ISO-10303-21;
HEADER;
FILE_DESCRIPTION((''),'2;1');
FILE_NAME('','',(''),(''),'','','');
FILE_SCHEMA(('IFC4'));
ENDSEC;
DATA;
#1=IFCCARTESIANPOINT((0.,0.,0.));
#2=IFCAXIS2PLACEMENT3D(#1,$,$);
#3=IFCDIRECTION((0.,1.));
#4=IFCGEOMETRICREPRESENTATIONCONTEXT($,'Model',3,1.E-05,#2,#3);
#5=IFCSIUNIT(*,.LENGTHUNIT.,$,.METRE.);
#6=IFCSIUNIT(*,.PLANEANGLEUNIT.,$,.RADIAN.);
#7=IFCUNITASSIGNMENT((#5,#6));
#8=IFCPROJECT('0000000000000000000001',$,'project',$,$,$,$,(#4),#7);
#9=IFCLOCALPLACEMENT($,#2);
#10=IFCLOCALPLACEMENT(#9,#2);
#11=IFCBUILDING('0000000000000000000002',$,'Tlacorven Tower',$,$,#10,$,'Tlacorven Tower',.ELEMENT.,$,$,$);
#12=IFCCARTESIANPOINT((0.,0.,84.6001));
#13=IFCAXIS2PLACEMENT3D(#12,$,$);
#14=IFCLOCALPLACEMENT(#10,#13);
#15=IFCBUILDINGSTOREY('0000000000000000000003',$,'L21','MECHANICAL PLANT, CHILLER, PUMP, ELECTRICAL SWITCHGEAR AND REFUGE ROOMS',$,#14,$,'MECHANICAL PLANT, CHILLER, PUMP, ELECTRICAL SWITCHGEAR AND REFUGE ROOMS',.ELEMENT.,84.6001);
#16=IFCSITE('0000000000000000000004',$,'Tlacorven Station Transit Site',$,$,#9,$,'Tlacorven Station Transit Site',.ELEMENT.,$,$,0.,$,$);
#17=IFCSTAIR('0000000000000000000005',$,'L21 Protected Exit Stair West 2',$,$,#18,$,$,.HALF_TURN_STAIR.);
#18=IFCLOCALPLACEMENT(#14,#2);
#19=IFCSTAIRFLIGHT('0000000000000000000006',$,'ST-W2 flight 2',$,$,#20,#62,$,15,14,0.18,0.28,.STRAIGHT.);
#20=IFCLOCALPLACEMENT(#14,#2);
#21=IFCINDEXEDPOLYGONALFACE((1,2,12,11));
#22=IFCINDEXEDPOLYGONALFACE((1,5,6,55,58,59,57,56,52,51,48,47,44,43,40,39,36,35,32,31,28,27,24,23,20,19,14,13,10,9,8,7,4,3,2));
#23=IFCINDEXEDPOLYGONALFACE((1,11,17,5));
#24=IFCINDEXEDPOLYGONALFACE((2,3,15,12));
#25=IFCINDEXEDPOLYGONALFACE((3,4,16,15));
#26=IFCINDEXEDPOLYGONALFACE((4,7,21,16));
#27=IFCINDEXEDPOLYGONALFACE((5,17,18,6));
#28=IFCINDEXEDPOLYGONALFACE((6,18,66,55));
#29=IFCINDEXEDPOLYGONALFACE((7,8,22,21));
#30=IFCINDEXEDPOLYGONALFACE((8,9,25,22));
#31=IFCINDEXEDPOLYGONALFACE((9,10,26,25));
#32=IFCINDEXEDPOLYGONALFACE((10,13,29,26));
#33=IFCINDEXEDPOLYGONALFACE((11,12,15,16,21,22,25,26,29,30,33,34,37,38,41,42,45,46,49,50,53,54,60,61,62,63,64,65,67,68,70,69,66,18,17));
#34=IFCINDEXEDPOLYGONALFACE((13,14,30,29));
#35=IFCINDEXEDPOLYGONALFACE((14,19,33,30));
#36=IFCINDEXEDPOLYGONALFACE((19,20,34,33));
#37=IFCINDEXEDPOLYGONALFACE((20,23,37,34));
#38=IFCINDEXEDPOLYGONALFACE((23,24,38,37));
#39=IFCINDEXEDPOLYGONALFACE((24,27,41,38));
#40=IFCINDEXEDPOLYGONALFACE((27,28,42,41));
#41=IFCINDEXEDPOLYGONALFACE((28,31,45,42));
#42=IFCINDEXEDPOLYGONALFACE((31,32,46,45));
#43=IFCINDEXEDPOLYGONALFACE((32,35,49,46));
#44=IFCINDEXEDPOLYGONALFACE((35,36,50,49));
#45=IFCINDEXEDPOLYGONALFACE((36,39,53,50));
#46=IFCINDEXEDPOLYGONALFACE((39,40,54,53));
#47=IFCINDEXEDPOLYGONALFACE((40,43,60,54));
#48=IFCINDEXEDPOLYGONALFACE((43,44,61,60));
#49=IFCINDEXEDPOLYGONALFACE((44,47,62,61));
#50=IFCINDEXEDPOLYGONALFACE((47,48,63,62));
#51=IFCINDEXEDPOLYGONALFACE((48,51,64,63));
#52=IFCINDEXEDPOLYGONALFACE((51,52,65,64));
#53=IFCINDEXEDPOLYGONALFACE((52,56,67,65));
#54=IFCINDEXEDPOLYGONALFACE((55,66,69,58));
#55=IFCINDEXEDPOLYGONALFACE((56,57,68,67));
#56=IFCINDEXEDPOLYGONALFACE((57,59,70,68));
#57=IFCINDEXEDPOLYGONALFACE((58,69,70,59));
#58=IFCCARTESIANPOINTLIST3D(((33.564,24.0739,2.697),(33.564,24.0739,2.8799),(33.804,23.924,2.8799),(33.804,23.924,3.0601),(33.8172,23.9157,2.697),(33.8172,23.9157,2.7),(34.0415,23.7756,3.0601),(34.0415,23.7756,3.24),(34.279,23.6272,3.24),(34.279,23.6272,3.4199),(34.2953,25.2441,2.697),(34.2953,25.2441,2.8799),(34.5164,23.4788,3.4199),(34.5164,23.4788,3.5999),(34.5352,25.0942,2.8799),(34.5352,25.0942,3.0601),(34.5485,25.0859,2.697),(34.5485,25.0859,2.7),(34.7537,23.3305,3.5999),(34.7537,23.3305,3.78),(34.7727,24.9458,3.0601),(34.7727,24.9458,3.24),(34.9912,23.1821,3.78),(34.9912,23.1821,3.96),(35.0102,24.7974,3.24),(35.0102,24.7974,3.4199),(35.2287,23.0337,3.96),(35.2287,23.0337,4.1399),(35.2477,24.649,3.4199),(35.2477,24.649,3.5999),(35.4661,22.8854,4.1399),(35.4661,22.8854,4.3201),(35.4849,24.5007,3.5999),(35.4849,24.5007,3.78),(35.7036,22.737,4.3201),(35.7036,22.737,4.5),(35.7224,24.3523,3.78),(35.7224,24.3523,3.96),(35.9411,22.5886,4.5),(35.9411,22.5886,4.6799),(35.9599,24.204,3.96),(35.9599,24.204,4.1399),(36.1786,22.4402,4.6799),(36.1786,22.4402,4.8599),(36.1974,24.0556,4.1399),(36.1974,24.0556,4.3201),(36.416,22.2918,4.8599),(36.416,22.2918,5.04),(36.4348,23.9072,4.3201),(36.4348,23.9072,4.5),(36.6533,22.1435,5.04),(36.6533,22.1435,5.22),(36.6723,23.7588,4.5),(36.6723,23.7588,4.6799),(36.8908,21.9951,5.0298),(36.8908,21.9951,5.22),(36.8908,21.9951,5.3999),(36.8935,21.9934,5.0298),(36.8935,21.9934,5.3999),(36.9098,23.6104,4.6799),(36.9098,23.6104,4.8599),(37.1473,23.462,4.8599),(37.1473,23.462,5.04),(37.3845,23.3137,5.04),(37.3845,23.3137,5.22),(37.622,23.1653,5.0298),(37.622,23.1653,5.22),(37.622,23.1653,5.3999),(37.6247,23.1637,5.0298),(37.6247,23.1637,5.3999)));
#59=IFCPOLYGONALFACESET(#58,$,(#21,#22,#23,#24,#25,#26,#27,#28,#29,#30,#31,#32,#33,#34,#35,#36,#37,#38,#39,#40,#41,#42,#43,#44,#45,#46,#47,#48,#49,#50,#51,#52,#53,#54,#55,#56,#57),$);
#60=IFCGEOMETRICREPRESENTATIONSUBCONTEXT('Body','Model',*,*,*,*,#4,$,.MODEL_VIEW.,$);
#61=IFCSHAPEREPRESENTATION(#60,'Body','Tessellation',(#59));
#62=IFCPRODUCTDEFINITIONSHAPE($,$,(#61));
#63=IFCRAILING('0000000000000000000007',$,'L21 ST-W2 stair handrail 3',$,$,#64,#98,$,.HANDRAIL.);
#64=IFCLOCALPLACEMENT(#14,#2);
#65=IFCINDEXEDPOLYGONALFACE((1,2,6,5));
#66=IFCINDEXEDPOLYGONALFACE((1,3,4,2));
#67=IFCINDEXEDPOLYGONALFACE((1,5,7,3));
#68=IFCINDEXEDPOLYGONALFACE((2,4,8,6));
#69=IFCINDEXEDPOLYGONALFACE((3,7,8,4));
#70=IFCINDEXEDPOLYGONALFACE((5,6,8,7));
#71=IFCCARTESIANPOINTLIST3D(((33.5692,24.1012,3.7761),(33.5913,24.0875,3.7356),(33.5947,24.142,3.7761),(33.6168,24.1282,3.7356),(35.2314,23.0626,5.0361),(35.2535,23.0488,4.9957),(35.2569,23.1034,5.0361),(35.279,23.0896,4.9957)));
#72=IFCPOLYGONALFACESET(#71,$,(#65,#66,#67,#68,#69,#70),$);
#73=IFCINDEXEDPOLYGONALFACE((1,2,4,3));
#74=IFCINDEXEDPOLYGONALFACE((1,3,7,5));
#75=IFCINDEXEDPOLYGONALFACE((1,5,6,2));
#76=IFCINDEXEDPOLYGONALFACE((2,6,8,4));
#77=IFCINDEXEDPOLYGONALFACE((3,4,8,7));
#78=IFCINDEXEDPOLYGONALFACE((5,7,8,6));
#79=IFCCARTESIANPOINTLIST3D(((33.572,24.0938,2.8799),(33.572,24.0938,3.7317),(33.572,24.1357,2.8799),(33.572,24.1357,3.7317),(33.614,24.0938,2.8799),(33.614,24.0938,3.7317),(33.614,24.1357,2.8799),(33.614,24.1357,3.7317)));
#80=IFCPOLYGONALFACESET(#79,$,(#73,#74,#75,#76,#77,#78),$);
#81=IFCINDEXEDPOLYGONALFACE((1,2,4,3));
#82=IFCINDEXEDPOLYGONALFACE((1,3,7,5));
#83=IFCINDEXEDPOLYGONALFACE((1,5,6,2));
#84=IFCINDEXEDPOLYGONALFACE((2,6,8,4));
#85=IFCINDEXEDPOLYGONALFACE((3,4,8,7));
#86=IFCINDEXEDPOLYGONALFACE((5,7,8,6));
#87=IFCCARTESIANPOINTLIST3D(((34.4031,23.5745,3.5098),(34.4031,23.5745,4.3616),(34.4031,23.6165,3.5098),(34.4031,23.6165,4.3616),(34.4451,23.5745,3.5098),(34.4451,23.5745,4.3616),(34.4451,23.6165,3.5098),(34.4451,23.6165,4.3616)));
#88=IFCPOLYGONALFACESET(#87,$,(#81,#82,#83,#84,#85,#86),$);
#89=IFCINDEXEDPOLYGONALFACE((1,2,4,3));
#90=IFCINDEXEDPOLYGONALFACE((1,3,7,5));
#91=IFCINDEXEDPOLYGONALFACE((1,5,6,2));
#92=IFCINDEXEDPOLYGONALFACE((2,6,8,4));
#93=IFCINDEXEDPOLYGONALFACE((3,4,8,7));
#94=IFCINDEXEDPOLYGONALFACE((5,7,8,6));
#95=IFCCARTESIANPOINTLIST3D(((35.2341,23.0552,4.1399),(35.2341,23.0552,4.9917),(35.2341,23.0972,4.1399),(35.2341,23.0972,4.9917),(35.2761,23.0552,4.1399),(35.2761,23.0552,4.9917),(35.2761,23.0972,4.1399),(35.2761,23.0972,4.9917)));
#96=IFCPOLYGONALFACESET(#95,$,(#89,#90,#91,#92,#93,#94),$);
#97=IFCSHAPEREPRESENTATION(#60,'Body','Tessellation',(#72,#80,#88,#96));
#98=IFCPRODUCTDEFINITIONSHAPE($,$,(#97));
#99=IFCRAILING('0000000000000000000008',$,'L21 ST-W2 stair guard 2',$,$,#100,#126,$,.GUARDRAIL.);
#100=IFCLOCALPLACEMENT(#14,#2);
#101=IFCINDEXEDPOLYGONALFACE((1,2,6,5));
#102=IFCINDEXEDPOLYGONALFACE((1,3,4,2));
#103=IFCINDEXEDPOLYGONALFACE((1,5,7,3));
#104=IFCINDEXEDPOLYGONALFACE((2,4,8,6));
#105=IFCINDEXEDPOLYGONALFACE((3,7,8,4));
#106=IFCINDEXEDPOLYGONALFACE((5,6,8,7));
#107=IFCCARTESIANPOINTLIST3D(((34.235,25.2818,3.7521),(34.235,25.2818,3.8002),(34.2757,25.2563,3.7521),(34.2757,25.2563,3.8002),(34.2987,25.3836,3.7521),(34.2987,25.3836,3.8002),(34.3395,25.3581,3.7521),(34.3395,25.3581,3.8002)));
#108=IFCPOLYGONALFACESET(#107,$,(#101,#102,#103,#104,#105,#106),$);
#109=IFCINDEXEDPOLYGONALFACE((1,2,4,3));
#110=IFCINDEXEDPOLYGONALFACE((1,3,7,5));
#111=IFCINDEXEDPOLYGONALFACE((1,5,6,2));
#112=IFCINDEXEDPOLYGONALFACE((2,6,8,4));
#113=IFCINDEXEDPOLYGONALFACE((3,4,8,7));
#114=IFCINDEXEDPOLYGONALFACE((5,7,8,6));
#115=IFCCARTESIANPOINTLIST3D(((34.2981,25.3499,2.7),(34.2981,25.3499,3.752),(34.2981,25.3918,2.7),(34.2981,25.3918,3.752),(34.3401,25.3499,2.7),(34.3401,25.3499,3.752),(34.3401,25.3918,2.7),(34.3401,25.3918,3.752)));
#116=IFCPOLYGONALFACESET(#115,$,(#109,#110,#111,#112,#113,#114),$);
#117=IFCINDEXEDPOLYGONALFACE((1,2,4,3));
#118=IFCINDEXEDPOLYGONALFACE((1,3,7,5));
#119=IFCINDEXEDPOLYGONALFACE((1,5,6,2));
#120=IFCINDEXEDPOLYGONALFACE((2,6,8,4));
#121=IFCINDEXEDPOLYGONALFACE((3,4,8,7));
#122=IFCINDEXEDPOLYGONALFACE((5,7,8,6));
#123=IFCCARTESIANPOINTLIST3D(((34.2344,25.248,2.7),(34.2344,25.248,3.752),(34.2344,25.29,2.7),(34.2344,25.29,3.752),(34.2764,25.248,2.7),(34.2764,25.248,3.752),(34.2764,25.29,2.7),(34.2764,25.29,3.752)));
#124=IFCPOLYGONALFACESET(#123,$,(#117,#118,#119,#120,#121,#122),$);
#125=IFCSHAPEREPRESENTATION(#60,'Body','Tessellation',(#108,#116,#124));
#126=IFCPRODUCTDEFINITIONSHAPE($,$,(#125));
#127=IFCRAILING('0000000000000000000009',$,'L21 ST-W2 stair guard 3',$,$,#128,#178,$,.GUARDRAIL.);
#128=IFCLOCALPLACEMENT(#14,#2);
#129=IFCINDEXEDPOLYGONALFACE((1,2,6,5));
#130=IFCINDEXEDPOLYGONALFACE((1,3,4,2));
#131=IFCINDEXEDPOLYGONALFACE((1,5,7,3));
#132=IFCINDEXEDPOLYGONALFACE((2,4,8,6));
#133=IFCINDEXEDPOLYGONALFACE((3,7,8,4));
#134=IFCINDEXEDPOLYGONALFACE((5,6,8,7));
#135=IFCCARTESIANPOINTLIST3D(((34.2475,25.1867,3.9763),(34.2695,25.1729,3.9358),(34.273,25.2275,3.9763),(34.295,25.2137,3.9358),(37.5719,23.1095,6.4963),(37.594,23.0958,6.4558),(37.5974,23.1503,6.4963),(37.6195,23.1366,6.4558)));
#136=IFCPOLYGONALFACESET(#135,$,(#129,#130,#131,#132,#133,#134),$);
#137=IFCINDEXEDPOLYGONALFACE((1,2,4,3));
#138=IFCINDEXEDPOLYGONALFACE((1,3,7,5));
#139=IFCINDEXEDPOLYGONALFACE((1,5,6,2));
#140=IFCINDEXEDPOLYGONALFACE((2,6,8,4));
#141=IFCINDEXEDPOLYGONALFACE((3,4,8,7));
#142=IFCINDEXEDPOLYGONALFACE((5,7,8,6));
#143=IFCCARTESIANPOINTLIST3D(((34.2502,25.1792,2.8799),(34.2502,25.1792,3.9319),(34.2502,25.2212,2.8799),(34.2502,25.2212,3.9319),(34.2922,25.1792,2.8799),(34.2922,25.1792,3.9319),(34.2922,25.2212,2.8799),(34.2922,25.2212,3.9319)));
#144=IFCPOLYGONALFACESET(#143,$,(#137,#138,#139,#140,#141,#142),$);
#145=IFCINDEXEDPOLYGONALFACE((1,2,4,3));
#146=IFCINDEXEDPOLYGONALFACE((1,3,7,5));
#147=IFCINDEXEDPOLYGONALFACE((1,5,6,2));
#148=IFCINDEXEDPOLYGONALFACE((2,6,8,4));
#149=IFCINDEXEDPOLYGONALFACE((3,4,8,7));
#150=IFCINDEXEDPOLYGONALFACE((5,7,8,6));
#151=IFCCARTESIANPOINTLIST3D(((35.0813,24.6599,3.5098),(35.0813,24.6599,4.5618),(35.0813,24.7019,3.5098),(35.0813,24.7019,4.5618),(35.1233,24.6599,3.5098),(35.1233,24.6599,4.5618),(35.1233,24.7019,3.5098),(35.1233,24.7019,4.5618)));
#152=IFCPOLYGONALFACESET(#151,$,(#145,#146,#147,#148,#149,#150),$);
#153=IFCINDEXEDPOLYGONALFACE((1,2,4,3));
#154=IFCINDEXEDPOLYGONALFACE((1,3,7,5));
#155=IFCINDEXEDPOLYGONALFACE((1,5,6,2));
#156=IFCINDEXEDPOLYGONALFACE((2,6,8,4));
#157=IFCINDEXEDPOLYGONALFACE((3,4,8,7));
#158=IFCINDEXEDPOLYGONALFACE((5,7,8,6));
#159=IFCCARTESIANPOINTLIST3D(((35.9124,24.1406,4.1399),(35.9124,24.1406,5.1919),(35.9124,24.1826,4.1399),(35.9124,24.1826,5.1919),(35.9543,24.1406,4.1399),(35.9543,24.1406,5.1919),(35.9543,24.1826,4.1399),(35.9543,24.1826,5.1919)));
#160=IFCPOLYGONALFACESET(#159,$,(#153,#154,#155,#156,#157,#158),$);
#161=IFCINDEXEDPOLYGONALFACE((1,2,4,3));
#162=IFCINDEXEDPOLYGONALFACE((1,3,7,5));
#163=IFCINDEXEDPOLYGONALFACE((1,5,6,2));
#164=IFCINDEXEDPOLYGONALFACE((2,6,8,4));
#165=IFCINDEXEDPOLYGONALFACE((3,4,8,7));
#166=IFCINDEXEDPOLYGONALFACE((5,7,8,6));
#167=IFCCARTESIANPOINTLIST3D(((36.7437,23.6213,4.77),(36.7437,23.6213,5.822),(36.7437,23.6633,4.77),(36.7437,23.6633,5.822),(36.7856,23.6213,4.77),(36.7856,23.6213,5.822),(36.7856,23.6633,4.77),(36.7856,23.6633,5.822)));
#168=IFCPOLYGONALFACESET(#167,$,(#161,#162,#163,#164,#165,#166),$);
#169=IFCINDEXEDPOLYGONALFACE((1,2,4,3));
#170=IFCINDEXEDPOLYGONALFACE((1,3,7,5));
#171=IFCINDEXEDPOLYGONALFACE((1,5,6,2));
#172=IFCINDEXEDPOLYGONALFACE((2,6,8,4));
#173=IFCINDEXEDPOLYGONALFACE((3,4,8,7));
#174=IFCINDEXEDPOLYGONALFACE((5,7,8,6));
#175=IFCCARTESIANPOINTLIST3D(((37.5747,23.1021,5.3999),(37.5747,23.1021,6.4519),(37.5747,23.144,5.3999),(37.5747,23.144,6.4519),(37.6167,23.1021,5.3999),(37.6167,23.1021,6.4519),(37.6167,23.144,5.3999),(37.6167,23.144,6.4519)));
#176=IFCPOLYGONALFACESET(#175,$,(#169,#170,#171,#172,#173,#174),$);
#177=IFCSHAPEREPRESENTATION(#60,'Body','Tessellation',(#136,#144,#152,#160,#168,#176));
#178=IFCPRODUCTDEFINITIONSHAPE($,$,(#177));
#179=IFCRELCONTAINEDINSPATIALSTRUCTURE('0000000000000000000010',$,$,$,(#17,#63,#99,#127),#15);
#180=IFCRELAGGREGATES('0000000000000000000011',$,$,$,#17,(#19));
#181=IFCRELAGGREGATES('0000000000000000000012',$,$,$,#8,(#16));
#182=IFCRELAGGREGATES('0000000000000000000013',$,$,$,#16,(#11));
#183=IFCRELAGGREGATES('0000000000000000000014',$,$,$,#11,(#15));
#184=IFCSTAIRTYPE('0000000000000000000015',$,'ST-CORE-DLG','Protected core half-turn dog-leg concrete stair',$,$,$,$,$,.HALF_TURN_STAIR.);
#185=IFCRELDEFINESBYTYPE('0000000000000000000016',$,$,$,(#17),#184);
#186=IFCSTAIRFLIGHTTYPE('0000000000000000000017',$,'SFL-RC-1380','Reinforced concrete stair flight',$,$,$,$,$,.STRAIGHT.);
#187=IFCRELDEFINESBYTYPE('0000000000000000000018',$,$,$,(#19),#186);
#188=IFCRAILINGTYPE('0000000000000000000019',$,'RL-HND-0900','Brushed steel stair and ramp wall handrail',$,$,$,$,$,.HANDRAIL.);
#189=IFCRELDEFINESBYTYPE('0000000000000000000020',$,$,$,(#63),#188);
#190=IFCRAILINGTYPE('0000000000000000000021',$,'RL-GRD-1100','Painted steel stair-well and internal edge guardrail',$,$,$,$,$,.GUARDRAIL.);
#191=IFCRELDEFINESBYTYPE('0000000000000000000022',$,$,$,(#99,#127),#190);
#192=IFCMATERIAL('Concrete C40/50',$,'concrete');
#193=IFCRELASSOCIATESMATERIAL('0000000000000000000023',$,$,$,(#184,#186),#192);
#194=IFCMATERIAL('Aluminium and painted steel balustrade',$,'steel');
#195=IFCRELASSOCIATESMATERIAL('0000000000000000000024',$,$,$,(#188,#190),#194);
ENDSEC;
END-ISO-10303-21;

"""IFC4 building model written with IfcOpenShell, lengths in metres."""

from ifc_helpers import new_model, si_unit, direction, frame, origin, origin_2d, place, context, subcontext, project, spatial, polyline, rectangle, outline, extrude, source, transform, mapped, material, type_object, element, aggregate, save


model = new_model("IFC4")

# Units and contexts
model_context = context("Model", 3, precision=1e-05, world=origin(), true_north=direction((0.0, 1.0)))
body_context = subcontext(model_context, "Body", "Model", "MODEL_VIEW")
ifc_project = project(units=[si_unit("LENGTHUNIT", "METRE"), si_unit("PLANEANGLEUNIT", "RADIAN")], contexts=[model_context])

# Site, building, storey
site_placement = place(None, origin())
site = spatial("IfcSite", under=ifc_project, at=site_placement, Name="Tlacorven Station Transit Site", LongName="Tlacorven Station Transit Site", CompositionType="ELEMENT", RefElevation=0.0)
building_placement = place(site_placement, origin())
building = spatial("IfcBuilding", under=site, at=building_placement, Name="Tlacorven Tower", LongName="Tlacorven Tower", CompositionType="ELEMENT")
storey_placement = place(building_placement, frame((0.0, 0.0, 84.6001)))
storey = spatial("IfcBuildingStorey", under=building, at=storey_placement, Name="L21", Description="MECHANICAL PLANT, CHILLER, PUMP, ELECTRICAL SWITCHGEAR AND REFUGE ROOMS", LongName="MECHANICAL PLANT, CHILLER, PUMP, ELECTRICAL SWITCHGEAR AND REFUGE ROOMS", CompositionType="ELEMENT", Elevation=84.6001)

# Shared definitions
ifc_material_1 = material(Name="Concrete C40/50", Category="concrete")

# Stair, stair flight
stair_type = type_object("IfcStairType", Name="ST-CORE-DLG", Description="Protected core half-turn dog-leg concrete stair", PredefinedType="HALF_TURN_STAIR", material=ifc_material_1)
stair_placement = place(storey_placement, origin())
stair = element("IfcStair", 1, at=stair_placement, inside=storey, type_object=stair_type, Name="L21 Protected Exit Stair West 2", PredefinedType="HALF_TURN_STAIR")
stair_flight_type = type_object("IfcStairFlightType", Name="SFL-RC-1380", Description="Reinforced concrete stair flight", PredefinedType="STRAIGHT", material=ifc_material_1)
shared_shape_1 = source(origin(), body_context, "Body", "SweptSolid", [
    extrude(outline(polyline([(-0.0029, -0.0029), (-0.0029, 0.1799), (0.28, 0.1799), (0.28, 0.3601), (0.5601, 0.3601), (0.5601, 0.54), (0.8401, 0.54), (0.8401, 0.72), (1.1201, 0.72), (1.1201, 0.8999), (1.3999, 0.8999), (1.3999, 1.0801), (1.6799, 1.0801), (1.6799, 1.26), (1.96, 1.26), (1.96, 1.4399), (2.24, 1.4399), (2.24, 1.6201), (2.52, 1.6201), (2.52, 1.8), (2.8, 1.8), (2.8, 1.98), (3.0801, 1.98), (3.0801, 2.1599), (3.3601, 2.1599), (3.3601, 2.3401), (3.6399, 2.3401), (3.6399, 2.52), (3.9199, 2.52), (3.9199, 2.7), (3.9231, 2.7), (3.9231, 2.3298), (3.9199, 2.3298), (0.2957, 0.0), (0.2957, -0.0029), (-0.0029, -0.0029)])), frame((0.0, 0.6899, 0.0), z_axis=(0.0, -1.0, 0.0), x_axis=(1.0, 0.0, 0.0)), (0.0, 0.0, 1.0), 1.3799),
])
stair_flight_placement = place(storey_placement, frame((33.9321, 24.6575, 2.7), z_axis=(0.0, 0.0, 1.0), x_axis=(0.848048, -0.529919, 0.0)))
stair_flight = element("IfcStairFlight", 2, at=stair_flight_placement, type_object=stair_flight_type, Name="ST-W2 flight 2", NumberOfRisers=15, NumberOfTreads=14, PredefinedType="STRAIGHT", RiserHeight=0.18, TreadLength=0.28, context=body_context, shape_type="MappedRepresentation", body=[
    mapped(shared_shape_1, transform((0.0, 0.0, 0.0), scale=1.0)),
])
aggregate(stair, [stair_flight])

# Railings
ifc_material_2 = material(Name="Aluminium and painted steel balustrade", Category="steel")
railing_type_1 = type_object("IfcRailingType", Name="RL-HND-0900", Description="Brushed steel stair and ramp wall handrail", PredefinedType="HANDRAIL", material=ifc_material_2)
shared_shape_2 = source(origin(), body_context, "Body", "SweptSolid", [
    extrude(rectangle(XDim=0.0481, YDim=0.0481, at=origin_2d()), frame((0.0, 0.0, 0.876), z_axis=(0.713354, -0.445741, 0.540778), x_axis=(0.529909, 0.848054, 0.0)), (0.0, 0.0, 1.0), 2.3301),
    extrude(rectangle(XDim=0.042, YDim=0.042, at=origin_2d()), origin(), (0.0, 0.0, 1.0), 0.8518),
    extrude(rectangle(XDim=0.042, YDim=0.042, at=origin_2d()), frame((0.8311, -0.5193, 0.6299)), (0.0, 0.0, 1.0), 0.8518),
    extrude(rectangle(XDim=0.042, YDim=0.042, at=origin_2d()), frame((1.6621, -1.0386, 1.26)), (0.0, 0.0, 1.0), 0.8518),
])
railing_1_placement = place(storey_placement, frame((33.593, 24.1147, 2.8799)))
element("IfcRailing", 3, at=railing_1_placement, inside=storey, type_object=railing_type_1, Name="L21 ST-W2 stair handrail 3", PredefinedType="HANDRAIL", context=body_context, shape_type="MappedRepresentation", body=[
    mapped(shared_shape_2, transform((0.0, 0.0, 0.0), scale=1.0)),
])
railing_type_2 = type_object("IfcRailingType", Name="RL-GRD-1100", Description="Painted steel stair-well and internal edge guardrail", PredefinedType="GUARDRAIL", material=ifc_material_2)
shared_shape_3 = source(origin(), body_context, "Body", "SweptSolid", [
    extrude(rectangle(XDim=0.0481, YDim=0.0481, at=origin_2d()), frame((0.0, 0.0, 1.0762), z_axis=(-0.530547, -0.847656, 0.0), x_axis=(0.847656, -0.530547, 0.0)), (0.0, 0.0, 1.0), 0.1201),
    extrude(rectangle(XDim=0.042, YDim=0.042, at=origin_2d()), origin(), (0.0, 0.0, 1.0), 1.052),
    extrude(rectangle(XDim=0.042, YDim=0.042, at=origin_2d()), frame((-0.0637, -0.1018, 0.0)), (0.0, 0.0, 1.0), 1.052),
])
railing_2_placement = place(storey_placement, frame((34.3191, 25.3708, 2.7)))
element("IfcRailing", 4, at=railing_2_placement, inside=storey, type_object=railing_type_2, Name="L21 ST-W2 stair guard 2", PredefinedType="GUARDRAIL", context=body_context, shape_type="MappedRepresentation", body=[
    mapped(shared_shape_3, transform((0.0, 0.0, 0.0), scale=1.0)),
])
shared_shape_4 = source(origin(), body_context, "Body", "SweptSolid", [
    extrude(rectangle(XDim=0.0481, YDim=0.0481, at=origin_2d()), frame((0.0, 0.0, 1.0762), z_axis=(0.713379, -0.445725, 0.540758), x_axis=(0.529881, 0.848072, 0.0)), (0.0, 0.0, 1.0), 4.6602),
    extrude(rectangle(XDim=0.042, YDim=0.042, at=origin_2d()), origin(), (0.0, 0.0, 1.0), 1.052),
    extrude(rectangle(XDim=0.042, YDim=0.042, at=origin_2d()), frame((0.8311, -0.5193, 0.6299)), (0.0, 0.0, 1.0), 1.052),
    extrude(rectangle(XDim=0.042, YDim=0.042, at=origin_2d()), frame((1.6621, -1.0386, 1.26)), (0.0, 0.0, 1.0), 1.052),
    extrude(rectangle(XDim=0.042, YDim=0.042, at=origin_2d()), frame((2.4934, -1.5579, 1.8901)), (0.0, 0.0, 1.0), 1.052),
    extrude(rectangle(XDim=0.042, YDim=0.042, at=origin_2d()), frame((3.3245, -2.0771, 2.52)), (0.0, 0.0, 1.0), 1.052),
])
railing_3_placement = place(storey_placement, frame((34.2712, 25.2002, 2.8799)))
element("IfcRailing", 5, at=railing_3_placement, inside=storey, type_object=railing_type_2, Name="L21 ST-W2 stair guard 3", PredefinedType="GUARDRAIL", context=body_context, shape_type="MappedRepresentation", body=[
    mapped(shared_shape_4, transform((0.0, 0.0, 0.0), scale=1.0)),
])

save(model, "model.ifc")
